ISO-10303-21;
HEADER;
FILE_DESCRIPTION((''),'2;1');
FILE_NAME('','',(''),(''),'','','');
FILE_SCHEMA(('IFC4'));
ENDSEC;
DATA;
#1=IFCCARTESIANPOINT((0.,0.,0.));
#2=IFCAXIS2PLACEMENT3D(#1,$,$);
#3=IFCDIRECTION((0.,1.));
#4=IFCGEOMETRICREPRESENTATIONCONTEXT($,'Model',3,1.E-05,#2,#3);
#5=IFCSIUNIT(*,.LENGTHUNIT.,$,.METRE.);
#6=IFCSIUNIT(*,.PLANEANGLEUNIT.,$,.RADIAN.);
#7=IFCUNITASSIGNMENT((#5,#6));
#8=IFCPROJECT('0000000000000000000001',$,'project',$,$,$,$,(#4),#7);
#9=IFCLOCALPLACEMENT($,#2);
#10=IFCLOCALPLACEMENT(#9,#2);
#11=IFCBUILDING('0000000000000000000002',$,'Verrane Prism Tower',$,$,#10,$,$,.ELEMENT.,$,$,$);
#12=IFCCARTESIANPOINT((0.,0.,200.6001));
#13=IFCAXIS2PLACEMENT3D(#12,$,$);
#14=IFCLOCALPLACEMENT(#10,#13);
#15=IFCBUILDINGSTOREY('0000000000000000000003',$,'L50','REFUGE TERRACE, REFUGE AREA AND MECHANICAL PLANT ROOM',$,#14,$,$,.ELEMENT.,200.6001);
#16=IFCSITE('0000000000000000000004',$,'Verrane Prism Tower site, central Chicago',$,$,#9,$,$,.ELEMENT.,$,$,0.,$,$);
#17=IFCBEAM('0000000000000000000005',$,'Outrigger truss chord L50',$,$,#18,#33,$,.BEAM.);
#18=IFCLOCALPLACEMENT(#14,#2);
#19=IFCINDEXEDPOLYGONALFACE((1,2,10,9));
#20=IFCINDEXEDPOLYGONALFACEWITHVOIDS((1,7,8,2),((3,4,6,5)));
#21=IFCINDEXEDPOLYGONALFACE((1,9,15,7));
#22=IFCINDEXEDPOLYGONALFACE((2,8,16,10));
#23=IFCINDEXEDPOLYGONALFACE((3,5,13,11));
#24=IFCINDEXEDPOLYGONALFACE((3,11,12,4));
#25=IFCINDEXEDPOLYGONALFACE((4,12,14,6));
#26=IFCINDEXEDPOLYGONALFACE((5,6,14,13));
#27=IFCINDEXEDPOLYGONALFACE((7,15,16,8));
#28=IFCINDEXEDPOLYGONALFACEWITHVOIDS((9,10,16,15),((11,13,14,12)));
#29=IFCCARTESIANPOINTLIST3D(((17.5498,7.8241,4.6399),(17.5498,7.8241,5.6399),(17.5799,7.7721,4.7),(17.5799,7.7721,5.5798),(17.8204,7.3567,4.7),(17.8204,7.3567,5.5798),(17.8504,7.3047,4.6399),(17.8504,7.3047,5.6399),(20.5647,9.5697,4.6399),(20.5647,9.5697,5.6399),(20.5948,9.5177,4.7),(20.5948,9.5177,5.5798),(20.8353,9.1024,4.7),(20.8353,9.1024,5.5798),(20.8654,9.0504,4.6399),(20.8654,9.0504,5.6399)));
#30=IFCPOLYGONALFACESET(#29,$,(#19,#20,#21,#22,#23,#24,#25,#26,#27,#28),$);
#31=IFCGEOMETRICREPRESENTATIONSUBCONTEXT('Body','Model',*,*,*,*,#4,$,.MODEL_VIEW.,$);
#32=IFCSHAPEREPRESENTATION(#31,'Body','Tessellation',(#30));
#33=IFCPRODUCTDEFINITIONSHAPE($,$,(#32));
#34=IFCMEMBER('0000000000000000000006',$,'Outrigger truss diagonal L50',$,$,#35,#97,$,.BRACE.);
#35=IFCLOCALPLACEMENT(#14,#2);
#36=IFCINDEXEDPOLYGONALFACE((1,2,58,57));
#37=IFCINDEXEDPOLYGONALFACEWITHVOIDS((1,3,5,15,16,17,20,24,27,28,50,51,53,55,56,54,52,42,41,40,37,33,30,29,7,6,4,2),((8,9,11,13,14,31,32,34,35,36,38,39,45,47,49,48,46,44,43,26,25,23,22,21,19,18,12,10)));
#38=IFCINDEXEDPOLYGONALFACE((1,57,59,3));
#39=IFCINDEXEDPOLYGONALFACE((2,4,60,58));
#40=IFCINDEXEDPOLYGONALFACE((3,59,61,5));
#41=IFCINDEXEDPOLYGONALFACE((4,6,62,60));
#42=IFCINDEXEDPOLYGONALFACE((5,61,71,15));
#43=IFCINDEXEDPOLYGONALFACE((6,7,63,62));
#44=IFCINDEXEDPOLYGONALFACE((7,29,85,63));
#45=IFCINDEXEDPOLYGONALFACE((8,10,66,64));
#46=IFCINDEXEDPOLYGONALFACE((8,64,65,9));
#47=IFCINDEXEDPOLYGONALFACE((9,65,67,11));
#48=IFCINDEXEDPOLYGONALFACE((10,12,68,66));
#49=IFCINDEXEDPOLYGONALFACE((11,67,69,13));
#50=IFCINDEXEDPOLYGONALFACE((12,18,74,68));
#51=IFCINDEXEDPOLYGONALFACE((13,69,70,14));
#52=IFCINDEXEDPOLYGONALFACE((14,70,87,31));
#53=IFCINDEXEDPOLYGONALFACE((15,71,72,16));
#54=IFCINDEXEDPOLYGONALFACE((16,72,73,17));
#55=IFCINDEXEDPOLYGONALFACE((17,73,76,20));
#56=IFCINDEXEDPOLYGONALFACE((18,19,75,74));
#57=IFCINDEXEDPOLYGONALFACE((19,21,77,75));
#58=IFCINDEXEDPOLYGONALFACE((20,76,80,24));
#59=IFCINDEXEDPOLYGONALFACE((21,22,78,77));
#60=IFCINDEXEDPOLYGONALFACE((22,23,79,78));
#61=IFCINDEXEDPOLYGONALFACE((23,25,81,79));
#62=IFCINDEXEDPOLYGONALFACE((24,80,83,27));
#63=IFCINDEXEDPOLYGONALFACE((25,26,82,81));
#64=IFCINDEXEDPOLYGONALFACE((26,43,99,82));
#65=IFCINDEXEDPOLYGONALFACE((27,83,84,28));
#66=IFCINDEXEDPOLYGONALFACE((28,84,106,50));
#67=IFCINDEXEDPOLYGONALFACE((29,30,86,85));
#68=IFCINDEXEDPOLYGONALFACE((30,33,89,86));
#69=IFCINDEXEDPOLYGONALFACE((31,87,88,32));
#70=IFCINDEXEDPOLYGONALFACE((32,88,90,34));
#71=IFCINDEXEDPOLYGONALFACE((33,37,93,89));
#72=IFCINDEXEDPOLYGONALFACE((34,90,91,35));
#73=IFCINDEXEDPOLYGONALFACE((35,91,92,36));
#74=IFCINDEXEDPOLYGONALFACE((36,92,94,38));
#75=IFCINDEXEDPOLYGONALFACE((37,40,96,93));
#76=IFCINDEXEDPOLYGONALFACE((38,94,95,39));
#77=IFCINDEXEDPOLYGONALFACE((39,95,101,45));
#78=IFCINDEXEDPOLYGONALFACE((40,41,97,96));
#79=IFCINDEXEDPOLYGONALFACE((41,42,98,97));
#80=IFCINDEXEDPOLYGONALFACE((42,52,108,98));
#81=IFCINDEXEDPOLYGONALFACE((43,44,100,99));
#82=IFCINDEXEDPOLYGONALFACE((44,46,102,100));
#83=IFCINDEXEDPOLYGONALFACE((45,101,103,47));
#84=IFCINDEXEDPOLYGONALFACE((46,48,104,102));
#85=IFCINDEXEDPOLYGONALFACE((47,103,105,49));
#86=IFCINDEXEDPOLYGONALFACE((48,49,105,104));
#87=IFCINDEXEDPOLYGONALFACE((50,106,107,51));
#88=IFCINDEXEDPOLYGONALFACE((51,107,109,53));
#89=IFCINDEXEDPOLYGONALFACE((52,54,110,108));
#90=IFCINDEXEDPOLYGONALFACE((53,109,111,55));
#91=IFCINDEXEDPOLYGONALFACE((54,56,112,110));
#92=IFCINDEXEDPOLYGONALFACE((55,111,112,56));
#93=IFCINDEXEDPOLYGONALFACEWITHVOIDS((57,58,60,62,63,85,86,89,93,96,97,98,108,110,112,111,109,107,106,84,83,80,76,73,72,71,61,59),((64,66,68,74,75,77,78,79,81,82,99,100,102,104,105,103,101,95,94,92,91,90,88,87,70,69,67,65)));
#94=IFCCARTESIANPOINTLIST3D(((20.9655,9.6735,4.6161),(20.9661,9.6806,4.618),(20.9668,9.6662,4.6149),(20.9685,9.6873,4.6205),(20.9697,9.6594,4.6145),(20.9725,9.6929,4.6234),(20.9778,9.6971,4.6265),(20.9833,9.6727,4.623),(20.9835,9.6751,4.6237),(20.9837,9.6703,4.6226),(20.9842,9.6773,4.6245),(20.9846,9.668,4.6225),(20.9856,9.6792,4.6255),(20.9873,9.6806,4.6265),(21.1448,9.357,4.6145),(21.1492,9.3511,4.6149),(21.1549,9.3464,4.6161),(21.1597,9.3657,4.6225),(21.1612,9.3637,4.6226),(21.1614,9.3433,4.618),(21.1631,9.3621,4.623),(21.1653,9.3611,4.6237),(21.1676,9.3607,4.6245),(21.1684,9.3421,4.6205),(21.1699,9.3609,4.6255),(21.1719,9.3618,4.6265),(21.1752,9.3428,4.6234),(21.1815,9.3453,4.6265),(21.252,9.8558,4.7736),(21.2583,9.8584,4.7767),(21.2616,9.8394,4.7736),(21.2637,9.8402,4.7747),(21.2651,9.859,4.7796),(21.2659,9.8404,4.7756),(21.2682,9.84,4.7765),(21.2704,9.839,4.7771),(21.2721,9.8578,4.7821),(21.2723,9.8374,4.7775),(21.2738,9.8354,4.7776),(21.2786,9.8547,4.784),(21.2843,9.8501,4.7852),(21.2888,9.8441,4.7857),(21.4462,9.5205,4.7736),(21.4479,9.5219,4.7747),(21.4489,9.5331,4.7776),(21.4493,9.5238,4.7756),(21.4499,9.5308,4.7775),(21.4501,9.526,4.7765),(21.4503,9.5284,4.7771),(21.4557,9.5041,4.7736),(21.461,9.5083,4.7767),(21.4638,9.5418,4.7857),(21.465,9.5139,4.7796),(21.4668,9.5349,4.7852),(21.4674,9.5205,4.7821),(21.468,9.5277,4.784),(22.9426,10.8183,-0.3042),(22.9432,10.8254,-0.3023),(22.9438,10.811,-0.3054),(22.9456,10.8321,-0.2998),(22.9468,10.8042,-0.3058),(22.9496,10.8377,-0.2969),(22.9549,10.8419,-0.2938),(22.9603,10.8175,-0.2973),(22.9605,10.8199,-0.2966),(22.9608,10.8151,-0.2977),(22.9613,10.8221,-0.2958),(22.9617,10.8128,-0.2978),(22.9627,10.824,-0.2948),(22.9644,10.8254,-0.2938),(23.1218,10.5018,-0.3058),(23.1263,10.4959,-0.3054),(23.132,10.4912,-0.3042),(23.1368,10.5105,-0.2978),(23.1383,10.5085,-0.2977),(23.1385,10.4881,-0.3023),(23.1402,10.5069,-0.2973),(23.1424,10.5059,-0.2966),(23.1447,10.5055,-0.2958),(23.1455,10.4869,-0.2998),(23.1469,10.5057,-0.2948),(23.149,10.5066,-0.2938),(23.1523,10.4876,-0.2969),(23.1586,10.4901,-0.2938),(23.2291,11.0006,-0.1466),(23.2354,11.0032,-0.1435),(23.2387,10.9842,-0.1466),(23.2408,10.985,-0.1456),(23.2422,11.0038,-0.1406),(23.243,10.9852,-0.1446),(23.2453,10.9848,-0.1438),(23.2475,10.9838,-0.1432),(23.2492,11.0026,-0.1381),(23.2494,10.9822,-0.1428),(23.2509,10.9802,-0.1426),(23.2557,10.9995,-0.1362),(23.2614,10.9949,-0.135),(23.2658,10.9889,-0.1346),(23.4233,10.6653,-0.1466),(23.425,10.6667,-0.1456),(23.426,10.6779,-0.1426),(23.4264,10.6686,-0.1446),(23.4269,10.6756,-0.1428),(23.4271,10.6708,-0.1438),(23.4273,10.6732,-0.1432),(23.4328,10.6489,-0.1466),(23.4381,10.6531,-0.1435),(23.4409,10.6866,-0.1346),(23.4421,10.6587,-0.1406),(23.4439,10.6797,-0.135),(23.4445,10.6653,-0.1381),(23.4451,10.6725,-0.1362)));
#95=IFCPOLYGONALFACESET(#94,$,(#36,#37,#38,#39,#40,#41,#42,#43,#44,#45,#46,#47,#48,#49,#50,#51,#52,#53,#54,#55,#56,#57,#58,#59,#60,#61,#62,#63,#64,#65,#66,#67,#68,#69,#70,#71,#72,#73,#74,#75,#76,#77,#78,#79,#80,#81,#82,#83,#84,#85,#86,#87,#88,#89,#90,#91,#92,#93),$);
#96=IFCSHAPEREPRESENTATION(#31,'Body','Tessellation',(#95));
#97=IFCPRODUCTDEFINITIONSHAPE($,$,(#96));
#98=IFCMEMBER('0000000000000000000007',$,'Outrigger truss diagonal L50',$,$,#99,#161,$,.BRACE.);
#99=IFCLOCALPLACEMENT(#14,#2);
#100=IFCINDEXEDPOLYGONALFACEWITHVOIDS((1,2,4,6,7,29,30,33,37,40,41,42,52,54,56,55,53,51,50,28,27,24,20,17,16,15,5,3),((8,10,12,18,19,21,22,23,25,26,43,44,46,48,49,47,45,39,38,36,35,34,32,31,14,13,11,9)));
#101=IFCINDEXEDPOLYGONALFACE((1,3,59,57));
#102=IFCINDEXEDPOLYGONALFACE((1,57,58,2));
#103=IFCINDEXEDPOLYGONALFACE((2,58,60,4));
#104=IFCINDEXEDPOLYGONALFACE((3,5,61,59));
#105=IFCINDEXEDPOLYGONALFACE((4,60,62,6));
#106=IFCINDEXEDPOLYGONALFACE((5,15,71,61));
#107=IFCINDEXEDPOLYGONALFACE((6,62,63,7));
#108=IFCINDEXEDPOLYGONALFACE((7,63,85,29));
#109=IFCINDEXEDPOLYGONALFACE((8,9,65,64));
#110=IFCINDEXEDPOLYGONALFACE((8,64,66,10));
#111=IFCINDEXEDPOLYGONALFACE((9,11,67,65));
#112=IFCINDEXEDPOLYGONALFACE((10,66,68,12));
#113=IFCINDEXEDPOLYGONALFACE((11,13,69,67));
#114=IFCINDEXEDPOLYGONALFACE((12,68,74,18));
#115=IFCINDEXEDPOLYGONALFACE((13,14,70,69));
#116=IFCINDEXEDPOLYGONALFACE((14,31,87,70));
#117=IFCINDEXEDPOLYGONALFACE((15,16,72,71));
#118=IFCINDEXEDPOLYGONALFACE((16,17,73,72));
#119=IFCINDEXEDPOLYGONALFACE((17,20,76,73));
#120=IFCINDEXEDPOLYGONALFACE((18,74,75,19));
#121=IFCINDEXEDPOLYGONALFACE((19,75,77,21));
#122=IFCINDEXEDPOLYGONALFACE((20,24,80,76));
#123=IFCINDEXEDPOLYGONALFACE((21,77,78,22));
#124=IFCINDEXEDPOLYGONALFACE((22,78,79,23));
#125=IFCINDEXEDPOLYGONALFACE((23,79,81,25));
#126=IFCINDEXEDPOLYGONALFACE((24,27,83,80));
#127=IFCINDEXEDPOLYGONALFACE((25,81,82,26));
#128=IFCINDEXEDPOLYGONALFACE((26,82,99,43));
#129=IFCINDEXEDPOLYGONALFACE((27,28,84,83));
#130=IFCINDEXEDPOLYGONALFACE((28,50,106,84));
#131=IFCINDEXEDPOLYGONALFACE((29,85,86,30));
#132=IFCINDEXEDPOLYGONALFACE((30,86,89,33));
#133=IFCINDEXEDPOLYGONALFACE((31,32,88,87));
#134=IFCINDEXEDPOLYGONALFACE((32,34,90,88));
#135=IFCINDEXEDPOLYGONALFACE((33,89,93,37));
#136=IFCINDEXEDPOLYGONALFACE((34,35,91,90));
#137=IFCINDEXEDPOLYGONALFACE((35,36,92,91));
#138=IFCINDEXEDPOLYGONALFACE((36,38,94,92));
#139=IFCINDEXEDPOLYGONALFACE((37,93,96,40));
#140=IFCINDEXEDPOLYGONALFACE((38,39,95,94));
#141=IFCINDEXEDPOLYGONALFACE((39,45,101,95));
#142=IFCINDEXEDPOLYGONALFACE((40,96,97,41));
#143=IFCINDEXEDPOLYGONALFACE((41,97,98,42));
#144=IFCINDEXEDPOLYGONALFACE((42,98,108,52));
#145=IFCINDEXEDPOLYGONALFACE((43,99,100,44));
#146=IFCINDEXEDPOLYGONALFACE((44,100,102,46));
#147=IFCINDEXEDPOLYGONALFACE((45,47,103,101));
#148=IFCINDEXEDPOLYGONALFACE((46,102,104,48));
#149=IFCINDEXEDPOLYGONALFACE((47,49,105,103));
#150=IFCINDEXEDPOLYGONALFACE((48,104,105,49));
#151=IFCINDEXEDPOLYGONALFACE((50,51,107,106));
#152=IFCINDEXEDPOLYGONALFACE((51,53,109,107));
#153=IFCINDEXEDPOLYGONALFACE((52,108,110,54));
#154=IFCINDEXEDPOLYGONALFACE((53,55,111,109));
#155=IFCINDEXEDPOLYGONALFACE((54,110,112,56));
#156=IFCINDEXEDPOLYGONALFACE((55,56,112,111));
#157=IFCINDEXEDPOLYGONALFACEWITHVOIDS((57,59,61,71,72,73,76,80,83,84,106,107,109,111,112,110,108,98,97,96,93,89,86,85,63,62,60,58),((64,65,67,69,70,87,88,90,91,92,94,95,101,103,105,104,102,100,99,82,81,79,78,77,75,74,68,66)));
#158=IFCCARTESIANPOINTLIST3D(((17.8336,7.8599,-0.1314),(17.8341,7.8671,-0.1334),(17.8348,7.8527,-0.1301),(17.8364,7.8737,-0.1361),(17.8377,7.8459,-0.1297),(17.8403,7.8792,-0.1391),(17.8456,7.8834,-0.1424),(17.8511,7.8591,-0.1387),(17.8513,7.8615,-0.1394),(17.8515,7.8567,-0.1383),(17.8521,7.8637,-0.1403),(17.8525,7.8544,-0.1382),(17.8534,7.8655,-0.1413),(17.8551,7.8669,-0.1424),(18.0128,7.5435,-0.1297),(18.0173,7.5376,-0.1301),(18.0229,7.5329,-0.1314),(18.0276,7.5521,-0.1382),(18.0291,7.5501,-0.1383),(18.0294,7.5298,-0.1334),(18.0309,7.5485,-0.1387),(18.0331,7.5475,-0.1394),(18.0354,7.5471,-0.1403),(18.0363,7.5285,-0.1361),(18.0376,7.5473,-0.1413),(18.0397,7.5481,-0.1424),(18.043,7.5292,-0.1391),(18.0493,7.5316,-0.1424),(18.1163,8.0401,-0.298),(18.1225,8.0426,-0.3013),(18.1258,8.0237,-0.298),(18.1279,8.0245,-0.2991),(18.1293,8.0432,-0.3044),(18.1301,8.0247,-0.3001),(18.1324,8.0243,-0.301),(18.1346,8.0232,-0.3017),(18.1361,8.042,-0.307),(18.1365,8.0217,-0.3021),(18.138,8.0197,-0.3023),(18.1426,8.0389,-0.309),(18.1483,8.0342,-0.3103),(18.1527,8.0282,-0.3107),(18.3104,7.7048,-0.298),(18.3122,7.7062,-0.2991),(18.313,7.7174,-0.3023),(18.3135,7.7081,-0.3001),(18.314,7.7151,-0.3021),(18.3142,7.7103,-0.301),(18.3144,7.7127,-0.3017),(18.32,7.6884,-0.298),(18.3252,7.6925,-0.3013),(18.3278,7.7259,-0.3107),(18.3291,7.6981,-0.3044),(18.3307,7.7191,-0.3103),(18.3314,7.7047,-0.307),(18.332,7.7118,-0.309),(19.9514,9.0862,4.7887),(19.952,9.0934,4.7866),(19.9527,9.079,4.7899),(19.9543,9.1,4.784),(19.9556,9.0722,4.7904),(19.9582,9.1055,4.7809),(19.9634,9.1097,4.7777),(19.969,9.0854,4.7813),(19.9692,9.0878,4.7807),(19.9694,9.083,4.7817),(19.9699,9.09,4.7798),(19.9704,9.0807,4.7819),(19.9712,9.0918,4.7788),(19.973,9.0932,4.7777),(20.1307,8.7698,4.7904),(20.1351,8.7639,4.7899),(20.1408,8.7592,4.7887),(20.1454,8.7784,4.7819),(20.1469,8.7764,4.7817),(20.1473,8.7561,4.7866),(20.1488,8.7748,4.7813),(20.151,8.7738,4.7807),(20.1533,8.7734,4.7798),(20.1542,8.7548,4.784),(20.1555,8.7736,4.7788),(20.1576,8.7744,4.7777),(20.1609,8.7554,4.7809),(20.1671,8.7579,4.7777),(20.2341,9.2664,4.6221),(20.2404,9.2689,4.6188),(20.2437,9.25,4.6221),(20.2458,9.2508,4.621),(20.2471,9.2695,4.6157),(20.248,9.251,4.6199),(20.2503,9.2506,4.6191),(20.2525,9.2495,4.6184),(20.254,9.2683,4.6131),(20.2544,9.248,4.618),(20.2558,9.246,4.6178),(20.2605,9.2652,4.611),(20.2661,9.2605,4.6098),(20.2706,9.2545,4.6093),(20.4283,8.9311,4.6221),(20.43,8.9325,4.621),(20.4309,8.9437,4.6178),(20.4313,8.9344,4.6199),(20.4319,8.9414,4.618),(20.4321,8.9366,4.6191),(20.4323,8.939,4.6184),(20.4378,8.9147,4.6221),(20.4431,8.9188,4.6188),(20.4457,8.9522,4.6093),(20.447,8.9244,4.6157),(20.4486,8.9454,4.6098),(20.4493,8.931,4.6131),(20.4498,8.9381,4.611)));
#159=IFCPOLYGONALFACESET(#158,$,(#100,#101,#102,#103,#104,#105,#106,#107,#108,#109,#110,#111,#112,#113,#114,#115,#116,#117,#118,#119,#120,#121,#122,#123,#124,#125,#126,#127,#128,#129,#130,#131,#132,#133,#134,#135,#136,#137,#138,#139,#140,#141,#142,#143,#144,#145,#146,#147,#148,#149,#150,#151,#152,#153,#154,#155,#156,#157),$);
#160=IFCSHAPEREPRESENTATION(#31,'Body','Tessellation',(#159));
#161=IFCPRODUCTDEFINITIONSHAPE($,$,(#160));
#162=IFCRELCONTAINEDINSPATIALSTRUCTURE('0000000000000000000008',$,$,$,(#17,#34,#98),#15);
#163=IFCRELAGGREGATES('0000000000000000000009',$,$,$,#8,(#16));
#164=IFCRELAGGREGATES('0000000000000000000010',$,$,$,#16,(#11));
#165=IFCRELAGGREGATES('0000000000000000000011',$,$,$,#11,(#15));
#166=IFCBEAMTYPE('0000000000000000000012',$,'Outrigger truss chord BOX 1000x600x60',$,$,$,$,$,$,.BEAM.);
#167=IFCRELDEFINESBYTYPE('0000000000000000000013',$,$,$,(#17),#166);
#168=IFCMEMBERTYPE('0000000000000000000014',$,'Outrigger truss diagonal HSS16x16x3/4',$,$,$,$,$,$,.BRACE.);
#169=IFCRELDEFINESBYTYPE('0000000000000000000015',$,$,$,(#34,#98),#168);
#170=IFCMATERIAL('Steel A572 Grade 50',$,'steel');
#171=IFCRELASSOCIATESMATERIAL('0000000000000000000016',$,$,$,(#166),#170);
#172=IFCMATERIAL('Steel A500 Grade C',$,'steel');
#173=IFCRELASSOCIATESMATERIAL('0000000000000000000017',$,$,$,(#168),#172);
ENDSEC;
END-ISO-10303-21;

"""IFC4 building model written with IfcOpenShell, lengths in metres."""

from ifc_helpers import new_model, si_unit, direction, frame, origin, origin_2d, place, context, subcontext, project, spatial, hollow_rectangle, extrude, material, material_profile, profile_set, type_object, element, save


model = new_model("IFC4")

# Units and contexts
model_context = context("Model", 3, precision=1e-05, world=origin(), true_north=direction((0.0, 1.0)))
body_context = subcontext(model_context, "Body", "Model", "MODEL_VIEW")
ifc_project = project(units=[si_unit("LENGTHUNIT", "METRE"), si_unit("PLANEANGLEUNIT", "RADIAN")], contexts=[model_context])

# Site, building, storey
site_placement = place(None, origin())
site = spatial("IfcSite", under=ifc_project, at=site_placement, Name="Verrane Prism Tower site, central Chicago", CompositionType="ELEMENT", RefElevation=0.0)
building_placement = place(site_placement, origin())
building = spatial("IfcBuilding", under=site, at=building_placement, Name="Verrane Prism Tower", CompositionType="ELEMENT")
storey_placement = place(building_placement, frame((0.0, 0.0, 200.6001)))
storey = spatial("IfcBuildingStorey", under=building, at=storey_placement, Name="L50", Description="REFUGE TERRACE, REFUGE AREA AND MECHANICAL PLANT ROOM", CompositionType="ELEMENT", Elevation=200.6001)

# Beam
ifc_material_1 = material(Name="Steel A572 Grade 50", Category="steel")
ifc_material_profile_1 = material_profile(ifc_material_1, hollow_rectangle(XDim=0.6001, YDim=1.0, WallThickness=0.0601, at=origin_2d()), Name="BOX 1000x600x60")
ifc_profile_set_1 = profile_set([ifc_material_profile_1], Name="Steel A572 Grade 50")
beam_type_1 = type_object("IfcBeamType", Name="Outrigger truss chord BOX 1000x600x60", PredefinedType="BEAM", material=ifc_profile_set_1)
beam_1_placement = place(storey_placement, frame((20.7151, 9.3101, 5.1399), z_axis=(-0.865409, -0.501067, 0.0), x_axis=(0.501067, -0.865409, 0.0)))
element("IfcBeam", 1, at=beam_1_placement, inside=storey, type_object=beam_type_1, Name="Outrigger truss chord L50", PredefinedType="BEAM", context=body_context, shape_type="SweptSolid", body=[
    extrude(hollow_rectangle(XDim=0.6001, YDim=1.0, WallThickness=0.0601, at=origin_2d()), origin(), (0.0, 0.0, 1.0), 3.4839),
])

# Members
ifc_material_2 = material(Name="Steel A500 Grade C", Category="steel")
ifc_material_profile_2 = material_profile(ifc_material_2, hollow_rectangle(XDim=0.4065, YDim=0.4065, WallThickness=0.019, InnerFilletRadius=0.0095, OuterFilletRadius=0.0286, at=origin_2d()), Name="HSS16x16x3/4")
ifc_profile_set_2 = profile_set([ifc_material_profile_2], Name="Steel A500 Grade C")
member_type_1 = type_object("IfcMemberType", Name="Outrigger truss diagonal HSS16x16x3/4", PredefinedType="BRACE", material=ifc_profile_set_2)
member_1_placement = place(storey_placement, frame((23.1938, 10.7454, -0.2202), z_axis=(-0.364454, -0.211031, 0.906995), x_axis=(0.501091, -0.865395, 0.0)))
element("IfcMember", 2, at=member_1_placement, inside=storey, type_object=member_type_1, Name="Outrigger truss diagonal L50", PredefinedType="BRACE", context=body_context, shape_type="SweptSolid", body=[
    extrude(hollow_rectangle(XDim=0.4065, YDim=0.4065, WallThickness=0.019, InnerFilletRadius=0.0095, OuterFilletRadius=0.0286, at=origin_2d()), origin(), (0.0, 0.0, 1.0), 5.4248),
])
member_2_placement = place(storey_placement, frame((18.0828, 7.7859, -0.2202), z_axis=(0.385411, 0.223161, 0.895353), x_axis=(-0.501083, 0.865399, 0.0)))
element("IfcMember", 3, at=member_2_placement, inside=storey, type_object=member_type_1, Name="Outrigger truss diagonal L50", PredefinedType="BRACE", context=body_context, shape_type="SweptSolid", body=[
    extrude(hollow_rectangle(XDim=0.4065, YDim=0.4065, WallThickness=0.019, InnerFilletRadius=0.0095, OuterFilletRadius=0.0286, at=origin_2d()), origin(), (0.0, 0.0, 1.0), 5.4951),
])

save(model, "model.ifc")
